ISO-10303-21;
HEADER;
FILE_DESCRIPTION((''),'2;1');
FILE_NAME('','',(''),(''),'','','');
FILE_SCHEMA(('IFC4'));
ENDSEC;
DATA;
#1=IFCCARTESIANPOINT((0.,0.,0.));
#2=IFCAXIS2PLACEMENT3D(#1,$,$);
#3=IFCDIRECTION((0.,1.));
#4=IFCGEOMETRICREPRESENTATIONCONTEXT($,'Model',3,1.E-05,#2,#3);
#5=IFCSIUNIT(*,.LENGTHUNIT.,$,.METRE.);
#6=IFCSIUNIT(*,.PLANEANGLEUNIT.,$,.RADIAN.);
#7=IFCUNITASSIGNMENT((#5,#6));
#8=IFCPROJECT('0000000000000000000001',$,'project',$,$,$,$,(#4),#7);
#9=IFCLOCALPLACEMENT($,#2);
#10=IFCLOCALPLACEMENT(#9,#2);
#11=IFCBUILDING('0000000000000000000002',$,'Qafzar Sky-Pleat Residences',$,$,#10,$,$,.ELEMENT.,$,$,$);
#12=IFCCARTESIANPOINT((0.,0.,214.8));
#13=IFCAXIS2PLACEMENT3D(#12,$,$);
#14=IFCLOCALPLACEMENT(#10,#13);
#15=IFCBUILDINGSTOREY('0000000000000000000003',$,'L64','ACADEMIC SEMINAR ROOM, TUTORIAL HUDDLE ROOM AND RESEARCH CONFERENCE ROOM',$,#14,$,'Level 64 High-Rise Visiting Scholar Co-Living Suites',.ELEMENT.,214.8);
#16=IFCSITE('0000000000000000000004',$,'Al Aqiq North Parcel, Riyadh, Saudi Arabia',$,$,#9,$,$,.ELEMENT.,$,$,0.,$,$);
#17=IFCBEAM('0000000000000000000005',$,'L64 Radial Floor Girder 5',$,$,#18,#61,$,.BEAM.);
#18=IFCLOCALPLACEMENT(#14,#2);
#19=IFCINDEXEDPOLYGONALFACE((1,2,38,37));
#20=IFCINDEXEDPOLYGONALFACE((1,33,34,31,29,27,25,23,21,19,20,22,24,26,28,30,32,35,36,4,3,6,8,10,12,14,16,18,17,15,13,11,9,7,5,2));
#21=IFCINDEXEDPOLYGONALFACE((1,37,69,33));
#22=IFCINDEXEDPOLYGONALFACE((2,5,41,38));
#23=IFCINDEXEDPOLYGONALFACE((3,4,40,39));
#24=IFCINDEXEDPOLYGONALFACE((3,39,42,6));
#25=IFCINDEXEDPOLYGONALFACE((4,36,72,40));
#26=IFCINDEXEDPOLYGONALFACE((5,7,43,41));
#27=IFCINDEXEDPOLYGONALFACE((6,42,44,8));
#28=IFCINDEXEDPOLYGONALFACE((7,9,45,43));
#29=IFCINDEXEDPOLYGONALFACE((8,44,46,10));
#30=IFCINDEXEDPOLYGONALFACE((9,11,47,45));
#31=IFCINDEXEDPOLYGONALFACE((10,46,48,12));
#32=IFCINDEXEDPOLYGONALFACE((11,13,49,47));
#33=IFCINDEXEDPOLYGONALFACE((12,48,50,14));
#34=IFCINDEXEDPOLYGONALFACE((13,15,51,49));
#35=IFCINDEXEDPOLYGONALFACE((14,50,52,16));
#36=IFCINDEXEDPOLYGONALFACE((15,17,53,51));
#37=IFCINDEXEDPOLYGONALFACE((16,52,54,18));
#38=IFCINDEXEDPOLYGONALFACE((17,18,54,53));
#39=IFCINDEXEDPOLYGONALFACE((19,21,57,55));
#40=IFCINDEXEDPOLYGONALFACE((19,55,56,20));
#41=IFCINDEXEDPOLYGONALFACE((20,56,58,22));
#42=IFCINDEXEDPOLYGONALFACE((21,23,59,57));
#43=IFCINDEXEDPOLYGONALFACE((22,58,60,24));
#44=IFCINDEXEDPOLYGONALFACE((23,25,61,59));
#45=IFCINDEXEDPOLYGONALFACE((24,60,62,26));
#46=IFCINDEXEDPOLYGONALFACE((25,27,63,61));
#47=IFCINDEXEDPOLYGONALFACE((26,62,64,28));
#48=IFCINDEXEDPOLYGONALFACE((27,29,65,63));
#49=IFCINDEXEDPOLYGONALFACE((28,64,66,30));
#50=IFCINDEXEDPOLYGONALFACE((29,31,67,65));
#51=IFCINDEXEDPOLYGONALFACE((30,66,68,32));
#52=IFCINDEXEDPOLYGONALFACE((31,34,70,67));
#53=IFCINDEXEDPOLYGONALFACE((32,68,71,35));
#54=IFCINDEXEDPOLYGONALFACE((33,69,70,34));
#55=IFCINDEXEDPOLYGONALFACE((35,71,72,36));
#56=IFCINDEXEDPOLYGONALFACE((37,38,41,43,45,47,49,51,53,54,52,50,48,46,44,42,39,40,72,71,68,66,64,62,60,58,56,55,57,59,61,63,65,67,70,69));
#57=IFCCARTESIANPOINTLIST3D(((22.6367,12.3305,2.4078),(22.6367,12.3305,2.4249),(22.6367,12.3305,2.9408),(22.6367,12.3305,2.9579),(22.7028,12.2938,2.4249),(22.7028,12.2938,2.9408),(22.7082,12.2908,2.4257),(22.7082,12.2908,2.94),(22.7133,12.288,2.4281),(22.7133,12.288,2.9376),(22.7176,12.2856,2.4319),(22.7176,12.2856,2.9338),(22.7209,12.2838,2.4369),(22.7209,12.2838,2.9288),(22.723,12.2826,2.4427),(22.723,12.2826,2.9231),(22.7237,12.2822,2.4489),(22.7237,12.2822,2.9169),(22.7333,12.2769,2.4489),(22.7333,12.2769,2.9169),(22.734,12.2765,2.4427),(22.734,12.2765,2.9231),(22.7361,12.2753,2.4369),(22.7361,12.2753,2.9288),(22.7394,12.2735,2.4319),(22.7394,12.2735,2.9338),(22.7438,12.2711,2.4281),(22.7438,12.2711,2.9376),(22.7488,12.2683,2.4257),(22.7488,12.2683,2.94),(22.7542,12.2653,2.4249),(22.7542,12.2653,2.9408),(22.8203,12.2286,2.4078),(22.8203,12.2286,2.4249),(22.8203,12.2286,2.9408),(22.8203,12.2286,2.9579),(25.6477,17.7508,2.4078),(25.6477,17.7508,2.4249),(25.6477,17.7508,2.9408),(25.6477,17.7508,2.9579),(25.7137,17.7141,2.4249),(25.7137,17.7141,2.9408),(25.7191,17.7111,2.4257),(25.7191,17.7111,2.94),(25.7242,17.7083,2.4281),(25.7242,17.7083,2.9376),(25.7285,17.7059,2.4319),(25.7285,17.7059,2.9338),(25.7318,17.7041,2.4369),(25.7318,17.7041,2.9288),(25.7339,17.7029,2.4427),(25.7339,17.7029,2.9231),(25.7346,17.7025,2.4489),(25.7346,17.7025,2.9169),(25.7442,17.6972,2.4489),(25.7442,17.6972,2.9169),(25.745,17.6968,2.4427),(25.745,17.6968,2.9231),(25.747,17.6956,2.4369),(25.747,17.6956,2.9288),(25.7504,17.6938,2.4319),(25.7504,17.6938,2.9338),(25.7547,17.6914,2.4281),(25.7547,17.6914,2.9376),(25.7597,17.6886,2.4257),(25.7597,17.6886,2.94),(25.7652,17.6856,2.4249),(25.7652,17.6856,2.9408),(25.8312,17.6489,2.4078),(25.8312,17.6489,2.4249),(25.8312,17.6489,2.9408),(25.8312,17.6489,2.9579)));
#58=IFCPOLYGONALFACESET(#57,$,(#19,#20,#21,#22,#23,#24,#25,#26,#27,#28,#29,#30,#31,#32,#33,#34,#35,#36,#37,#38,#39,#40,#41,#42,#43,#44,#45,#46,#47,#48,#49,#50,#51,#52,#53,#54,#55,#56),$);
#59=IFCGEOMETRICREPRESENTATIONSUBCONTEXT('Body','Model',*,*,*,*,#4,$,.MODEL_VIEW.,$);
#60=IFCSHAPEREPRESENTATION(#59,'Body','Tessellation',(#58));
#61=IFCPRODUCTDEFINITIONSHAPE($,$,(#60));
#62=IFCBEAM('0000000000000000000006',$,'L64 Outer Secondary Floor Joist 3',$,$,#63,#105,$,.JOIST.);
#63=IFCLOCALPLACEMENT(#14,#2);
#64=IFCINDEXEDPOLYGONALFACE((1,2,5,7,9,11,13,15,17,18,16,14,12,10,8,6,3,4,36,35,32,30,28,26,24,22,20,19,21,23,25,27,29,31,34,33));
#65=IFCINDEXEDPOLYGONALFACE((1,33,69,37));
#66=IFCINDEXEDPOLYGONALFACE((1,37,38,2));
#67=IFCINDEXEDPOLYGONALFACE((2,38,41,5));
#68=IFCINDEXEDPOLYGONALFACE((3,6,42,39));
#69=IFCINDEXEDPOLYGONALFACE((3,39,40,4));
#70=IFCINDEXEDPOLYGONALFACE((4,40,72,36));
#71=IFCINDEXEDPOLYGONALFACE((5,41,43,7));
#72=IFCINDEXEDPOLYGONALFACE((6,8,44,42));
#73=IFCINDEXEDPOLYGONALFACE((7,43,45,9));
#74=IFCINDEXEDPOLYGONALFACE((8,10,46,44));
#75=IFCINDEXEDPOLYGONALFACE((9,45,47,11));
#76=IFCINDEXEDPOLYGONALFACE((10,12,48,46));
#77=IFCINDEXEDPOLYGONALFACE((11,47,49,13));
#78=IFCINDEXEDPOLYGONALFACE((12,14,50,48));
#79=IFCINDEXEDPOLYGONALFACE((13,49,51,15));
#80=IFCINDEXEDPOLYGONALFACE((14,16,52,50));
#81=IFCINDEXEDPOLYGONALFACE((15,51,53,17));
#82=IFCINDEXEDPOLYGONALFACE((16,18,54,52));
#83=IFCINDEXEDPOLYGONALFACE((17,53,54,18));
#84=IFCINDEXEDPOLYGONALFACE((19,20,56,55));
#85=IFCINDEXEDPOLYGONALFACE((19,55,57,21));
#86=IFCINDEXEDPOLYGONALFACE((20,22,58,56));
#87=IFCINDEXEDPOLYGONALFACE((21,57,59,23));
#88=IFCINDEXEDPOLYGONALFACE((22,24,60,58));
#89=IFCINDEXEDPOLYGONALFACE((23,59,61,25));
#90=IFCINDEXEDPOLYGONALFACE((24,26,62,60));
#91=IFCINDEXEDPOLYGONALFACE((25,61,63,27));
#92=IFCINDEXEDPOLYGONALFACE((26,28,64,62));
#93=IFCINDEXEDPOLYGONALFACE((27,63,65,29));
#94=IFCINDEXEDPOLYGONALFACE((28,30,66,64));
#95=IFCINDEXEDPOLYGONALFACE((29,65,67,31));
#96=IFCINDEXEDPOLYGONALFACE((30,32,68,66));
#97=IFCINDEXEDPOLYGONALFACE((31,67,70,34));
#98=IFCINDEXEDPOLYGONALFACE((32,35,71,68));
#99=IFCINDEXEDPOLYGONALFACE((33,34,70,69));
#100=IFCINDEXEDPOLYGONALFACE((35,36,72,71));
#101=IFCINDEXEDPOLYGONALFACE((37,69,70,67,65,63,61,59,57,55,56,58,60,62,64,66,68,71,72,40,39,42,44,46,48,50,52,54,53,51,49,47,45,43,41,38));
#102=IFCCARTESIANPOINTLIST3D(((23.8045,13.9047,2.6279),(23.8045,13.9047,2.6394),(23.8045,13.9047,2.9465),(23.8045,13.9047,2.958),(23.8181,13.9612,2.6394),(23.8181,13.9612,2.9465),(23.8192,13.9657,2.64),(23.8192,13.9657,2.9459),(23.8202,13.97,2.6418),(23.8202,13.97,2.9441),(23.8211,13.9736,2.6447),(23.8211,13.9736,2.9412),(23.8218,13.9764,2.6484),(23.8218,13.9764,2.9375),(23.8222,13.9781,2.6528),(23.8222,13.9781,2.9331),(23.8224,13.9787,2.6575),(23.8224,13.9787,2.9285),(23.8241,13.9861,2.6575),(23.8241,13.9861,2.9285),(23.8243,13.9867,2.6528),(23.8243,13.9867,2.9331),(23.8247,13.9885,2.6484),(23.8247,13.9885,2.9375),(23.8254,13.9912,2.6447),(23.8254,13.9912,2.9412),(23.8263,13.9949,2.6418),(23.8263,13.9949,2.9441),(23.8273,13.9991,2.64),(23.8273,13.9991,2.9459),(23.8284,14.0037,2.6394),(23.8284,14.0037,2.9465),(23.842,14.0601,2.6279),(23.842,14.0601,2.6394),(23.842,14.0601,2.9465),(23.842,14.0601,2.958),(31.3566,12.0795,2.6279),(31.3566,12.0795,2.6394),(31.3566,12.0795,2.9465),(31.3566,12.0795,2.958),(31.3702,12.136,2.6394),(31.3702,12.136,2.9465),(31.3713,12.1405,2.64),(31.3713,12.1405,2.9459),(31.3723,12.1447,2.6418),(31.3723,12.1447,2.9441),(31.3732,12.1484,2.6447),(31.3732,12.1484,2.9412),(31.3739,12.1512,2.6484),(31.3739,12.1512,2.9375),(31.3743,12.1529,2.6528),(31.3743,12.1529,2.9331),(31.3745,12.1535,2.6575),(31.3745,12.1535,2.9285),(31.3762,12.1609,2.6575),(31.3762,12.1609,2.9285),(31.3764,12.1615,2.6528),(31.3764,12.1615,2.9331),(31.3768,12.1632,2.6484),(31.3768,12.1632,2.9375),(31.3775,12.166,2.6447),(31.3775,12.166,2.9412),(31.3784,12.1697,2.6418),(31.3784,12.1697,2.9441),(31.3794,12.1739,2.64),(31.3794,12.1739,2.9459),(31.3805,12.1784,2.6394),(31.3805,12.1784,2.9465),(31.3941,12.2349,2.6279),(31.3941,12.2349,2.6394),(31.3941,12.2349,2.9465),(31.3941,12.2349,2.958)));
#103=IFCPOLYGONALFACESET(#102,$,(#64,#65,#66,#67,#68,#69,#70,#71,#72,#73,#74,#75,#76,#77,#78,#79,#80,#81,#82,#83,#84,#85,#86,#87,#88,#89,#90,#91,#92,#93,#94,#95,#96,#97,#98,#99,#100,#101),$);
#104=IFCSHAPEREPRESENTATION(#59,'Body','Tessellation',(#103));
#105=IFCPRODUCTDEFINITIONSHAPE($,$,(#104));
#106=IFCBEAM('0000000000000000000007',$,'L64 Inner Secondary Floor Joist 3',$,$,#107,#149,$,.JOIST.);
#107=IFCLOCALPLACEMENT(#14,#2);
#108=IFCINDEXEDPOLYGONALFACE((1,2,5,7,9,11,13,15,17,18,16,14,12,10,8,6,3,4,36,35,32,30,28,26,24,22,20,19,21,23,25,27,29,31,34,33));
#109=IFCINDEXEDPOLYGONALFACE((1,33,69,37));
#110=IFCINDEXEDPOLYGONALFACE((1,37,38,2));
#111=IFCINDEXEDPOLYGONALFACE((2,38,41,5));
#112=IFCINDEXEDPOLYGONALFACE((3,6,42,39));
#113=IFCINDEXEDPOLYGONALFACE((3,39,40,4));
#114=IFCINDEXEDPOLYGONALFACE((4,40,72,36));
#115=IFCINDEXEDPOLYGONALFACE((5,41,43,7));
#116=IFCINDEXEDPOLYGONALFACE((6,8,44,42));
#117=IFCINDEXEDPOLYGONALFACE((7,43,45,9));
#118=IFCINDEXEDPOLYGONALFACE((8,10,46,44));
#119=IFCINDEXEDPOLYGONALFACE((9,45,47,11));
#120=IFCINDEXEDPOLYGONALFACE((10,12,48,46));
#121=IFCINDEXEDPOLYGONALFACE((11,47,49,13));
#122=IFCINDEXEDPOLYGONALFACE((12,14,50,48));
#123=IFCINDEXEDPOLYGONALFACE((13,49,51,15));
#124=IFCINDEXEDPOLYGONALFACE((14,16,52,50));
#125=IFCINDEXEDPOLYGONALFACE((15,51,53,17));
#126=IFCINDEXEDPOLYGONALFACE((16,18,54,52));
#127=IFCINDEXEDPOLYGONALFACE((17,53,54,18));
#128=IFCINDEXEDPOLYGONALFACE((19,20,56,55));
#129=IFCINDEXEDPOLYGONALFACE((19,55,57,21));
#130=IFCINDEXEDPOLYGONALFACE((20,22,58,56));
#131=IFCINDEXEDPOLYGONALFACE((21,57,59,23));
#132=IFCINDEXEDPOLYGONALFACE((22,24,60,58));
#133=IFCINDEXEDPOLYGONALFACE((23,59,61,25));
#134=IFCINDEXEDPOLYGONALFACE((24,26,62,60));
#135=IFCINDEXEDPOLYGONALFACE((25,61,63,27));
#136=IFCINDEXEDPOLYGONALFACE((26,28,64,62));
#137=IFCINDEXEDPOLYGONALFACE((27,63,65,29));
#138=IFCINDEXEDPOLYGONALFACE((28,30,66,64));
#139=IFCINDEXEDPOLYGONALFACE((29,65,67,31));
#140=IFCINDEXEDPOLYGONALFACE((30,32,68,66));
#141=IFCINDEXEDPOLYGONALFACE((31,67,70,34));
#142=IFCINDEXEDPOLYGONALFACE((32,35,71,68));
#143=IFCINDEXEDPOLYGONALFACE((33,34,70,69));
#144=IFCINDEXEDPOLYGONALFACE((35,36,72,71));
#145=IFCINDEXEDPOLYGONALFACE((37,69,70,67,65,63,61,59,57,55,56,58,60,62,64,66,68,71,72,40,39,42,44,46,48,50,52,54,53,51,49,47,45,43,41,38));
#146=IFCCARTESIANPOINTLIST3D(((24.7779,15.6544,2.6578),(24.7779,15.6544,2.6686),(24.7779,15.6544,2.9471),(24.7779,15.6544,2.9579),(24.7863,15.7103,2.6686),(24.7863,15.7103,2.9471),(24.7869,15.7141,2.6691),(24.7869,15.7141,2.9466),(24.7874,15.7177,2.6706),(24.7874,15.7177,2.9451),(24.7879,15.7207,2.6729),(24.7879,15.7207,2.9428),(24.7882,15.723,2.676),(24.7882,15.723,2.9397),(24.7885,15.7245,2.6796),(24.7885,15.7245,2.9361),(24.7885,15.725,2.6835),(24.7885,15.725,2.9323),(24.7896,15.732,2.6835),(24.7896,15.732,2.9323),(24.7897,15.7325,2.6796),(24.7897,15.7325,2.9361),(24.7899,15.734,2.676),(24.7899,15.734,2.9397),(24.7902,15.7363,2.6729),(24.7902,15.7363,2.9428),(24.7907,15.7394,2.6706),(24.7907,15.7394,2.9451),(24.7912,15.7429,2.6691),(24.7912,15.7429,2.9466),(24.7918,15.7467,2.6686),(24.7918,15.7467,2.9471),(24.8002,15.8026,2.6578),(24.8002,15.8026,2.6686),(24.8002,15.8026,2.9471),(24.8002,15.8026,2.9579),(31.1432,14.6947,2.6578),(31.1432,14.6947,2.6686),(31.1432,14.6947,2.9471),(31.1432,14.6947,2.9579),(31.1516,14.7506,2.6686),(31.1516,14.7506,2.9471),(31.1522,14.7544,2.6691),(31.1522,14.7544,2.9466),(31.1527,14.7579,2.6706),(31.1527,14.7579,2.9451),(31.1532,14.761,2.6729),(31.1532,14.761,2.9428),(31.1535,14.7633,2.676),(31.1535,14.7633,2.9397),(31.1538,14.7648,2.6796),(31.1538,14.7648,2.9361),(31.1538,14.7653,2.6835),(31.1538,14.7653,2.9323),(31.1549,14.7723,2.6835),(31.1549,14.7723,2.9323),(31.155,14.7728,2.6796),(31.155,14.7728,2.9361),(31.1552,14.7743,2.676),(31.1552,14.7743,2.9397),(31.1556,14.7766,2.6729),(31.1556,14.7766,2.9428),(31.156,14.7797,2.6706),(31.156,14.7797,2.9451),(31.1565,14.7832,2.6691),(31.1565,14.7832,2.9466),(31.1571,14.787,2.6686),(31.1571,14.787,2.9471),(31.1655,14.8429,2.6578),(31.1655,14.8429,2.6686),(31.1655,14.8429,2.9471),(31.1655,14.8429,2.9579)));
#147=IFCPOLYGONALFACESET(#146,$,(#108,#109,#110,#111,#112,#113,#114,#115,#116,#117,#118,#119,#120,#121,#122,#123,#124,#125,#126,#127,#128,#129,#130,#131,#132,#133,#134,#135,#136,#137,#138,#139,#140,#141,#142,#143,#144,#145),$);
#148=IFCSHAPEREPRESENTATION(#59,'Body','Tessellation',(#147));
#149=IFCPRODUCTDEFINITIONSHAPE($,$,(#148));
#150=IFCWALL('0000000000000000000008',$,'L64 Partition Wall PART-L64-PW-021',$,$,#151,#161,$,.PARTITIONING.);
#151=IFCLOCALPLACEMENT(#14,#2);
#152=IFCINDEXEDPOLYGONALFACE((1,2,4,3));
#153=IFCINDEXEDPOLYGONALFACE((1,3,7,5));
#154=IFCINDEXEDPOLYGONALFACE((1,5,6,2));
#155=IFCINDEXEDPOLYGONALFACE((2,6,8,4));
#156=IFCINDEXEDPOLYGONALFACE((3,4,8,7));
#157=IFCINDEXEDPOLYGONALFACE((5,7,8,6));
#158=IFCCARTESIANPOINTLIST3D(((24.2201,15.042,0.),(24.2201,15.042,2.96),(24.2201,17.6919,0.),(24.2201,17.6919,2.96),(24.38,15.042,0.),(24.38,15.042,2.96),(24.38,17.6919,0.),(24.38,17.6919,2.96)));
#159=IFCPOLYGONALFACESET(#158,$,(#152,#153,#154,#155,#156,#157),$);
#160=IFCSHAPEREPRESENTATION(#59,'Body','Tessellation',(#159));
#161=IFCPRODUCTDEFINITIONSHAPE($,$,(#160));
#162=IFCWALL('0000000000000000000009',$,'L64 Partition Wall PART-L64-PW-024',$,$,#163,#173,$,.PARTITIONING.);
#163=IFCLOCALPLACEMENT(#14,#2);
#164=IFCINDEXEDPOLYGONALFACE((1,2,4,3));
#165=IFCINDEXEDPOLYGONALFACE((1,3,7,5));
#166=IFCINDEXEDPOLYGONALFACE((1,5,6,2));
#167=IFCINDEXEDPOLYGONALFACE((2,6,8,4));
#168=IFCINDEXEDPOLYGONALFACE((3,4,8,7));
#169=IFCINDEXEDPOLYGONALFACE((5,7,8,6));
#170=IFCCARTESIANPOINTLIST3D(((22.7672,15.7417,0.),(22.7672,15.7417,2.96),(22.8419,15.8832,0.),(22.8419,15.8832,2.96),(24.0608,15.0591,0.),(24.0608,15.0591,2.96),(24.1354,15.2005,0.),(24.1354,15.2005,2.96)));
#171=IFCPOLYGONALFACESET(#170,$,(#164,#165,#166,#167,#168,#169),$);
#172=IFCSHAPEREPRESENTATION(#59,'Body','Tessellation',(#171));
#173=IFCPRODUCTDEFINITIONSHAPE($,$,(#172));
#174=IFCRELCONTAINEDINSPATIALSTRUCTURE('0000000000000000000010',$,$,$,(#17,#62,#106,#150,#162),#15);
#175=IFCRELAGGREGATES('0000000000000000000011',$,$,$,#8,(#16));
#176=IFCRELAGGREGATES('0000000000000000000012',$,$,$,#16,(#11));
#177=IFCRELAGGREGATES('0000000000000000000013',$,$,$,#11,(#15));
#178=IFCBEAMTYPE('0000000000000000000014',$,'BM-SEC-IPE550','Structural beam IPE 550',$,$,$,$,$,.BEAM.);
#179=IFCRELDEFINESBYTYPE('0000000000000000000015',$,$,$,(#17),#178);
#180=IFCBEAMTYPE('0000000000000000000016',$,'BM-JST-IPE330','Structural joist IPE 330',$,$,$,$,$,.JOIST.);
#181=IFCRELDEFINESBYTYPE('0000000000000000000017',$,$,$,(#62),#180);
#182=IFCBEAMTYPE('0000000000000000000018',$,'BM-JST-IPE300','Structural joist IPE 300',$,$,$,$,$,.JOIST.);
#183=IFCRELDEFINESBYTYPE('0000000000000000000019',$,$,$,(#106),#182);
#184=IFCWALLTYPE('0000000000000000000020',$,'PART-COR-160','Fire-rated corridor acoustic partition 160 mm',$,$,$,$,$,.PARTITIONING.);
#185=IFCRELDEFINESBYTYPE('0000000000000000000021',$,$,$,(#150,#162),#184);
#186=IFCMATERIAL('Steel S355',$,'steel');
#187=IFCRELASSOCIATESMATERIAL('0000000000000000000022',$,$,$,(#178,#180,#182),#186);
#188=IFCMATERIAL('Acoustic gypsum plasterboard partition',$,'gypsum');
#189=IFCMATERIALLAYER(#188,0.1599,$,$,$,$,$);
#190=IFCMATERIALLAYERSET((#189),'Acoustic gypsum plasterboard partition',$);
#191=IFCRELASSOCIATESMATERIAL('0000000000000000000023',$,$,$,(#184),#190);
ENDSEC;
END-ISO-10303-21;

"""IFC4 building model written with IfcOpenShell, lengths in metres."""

from ifc_helpers import new_model, si_unit, direction, frame, frame_2d, origin, origin_2d, place, context, subcontext, project, spatial, rectangle, i_section, extrude, source, transform, mapped, material, layer, layer_set, material_profile, profile_set, type_object, element, save


model = new_model("IFC4")

# Units and contexts
model_context = context("Model", 3, precision=1e-05, world=origin(), true_north=direction((0.0, 1.0)))
body_context = subcontext(model_context, "Body", "Model", "MODEL_VIEW")
ifc_project = project(units=[si_unit("LENGTHUNIT", "METRE"), si_unit("PLANEANGLEUNIT", "RADIAN")], contexts=[model_context])

# Site, building, storey
site_placement = place(None, origin())
site = spatial("IfcSite", under=ifc_project, at=site_placement, Name="Al Aqiq North Parcel, Riyadh, Saudi Arabia", CompositionType="ELEMENT", RefElevation=0.0)
building_placement = place(site_placement, origin())
building = spatial("IfcBuilding", under=site, at=building_placement, Name="Qafzar Sky-Pleat Residences", CompositionType="ELEMENT")
storey_placement = place(building_placement, frame((0.0, 0.0, 214.8)))
storey = spatial("IfcBuildingStorey", under=building, at=storey_placement, Name="L64", Description="ACADEMIC SEMINAR ROOM, TUTORIAL HUDDLE ROOM AND RESEARCH CONFERENCE ROOM", LongName="Level 64 High-Rise Visiting Scholar Co-Living Suites", CompositionType="ELEMENT", Elevation=214.8)

# Shared definitions
ifc_material_1 = material(Name="Steel S355", Category="steel")

# Beams
ifc_material_profile_1 = material_profile(ifc_material_1, i_section(OverallWidth=0.21, OverallDepth=0.55, WebThickness=0.011, FlangeThickness=0.0171, FilletRadius=0.0239, at=origin_2d()), Name="IPE 550")
ifc_profile_set_1 = profile_set([ifc_material_profile_1], Name="Steel S355")
beam_type_1 = type_object("IfcBeamType", Name="BM-SEC-IPE550", Description="Structural beam IPE 550", PredefinedType="BEAM", material=ifc_profile_set_1)
shared_shape_1 = source(origin(), body_context, "Body", "SweptSolid", [
    extrude(i_section(OverallWidth=0.21, OverallDepth=0.55, WebThickness=0.011, FlangeThickness=0.0171, FilletRadius=0.0239, at=origin_2d()), origin(), (0.0, 0.0, 1.0), 6.2004),
])
beam_1_placement = place(storey_placement, frame((22.7285, 12.2795, 2.6829), z_axis=(0.485599, 0.874181, 0.0), x_axis=(-0.874181, 0.485599, 0.0)))
element("IfcBeam", 1, at=beam_1_placement, inside=storey, type_object=beam_type_1, Name="L64 Radial Floor Girder 5", PredefinedType="BEAM", context=body_context, shape_type="MappedRepresentation", body=[
    mapped(shared_shape_1, transform((0.0, 0.0, 0.0), x_axis=(1.0, 0.0, 0.0), y_axis=(0.0, 1.0, 0.0), z_axis=(0.0, 0.0, 1.0), scale=1.0)),
])
ifc_material_profile_2 = material_profile(ifc_material_1, i_section(OverallWidth=0.1599, OverallDepth=0.3301, WebThickness=0.0076, FlangeThickness=0.0115, FilletRadius=0.0181, at=origin_2d()), Name="IPE 330")
ifc_profile_set_2 = profile_set([ifc_material_profile_2], Name="Steel S355")
beam_type_2 = type_object("IfcBeamType", Name="BM-JST-IPE330", Description="Structural joist IPE 330", PredefinedType="JOIST", material=ifc_profile_set_2)
shared_shape_2 = source(origin(), body_context, "Body", "SweptSolid", [
    extrude(i_section(OverallWidth=0.1599, OverallDepth=0.3301, WebThickness=0.0076, FlangeThickness=0.0115, FilletRadius=0.0181, at=origin_2d()), origin(), (0.0, 0.0, 1.0), 7.7695),
])
beam_2_placement = place(storey_placement, frame((23.8232, 13.9824, 2.793), z_axis=(0.972015, -0.23492, 0.0), x_axis=(0.23492, 0.972015, 0.0)))
element("IfcBeam", 2, at=beam_2_placement, inside=storey, type_object=beam_type_2, Name="L64 Outer Secondary Floor Joist 3", PredefinedType="JOIST", context=body_context, shape_type="MappedRepresentation", body=[
    mapped(shared_shape_2, transform((0.0, 0.0, 0.0), x_axis=(1.0, 0.0, 0.0), y_axis=(0.0, 1.0, 0.0), z_axis=(0.0, 0.0, 1.0), scale=1.0)),
])
ifc_material_profile_3 = material_profile(ifc_material_1, i_section(OverallWidth=0.1499, OverallDepth=0.3, WebThickness=0.0071, FlangeThickness=0.0107, FilletRadius=0.0149, at=origin_2d()), Name="IPE 300")
ifc_profile_set_3 = profile_set([ifc_material_profile_3], Name="Steel S355")
beam_type_3 = type_object("IfcBeamType", Name="BM-JST-IPE300", Description="Structural joist IPE 300", PredefinedType="JOIST", material=ifc_profile_set_3)
shared_shape_3 = source(origin(), body_context, "Body", "SweptSolid", [
    extrude(i_section(OverallWidth=0.1499, OverallDepth=0.3, WebThickness=0.0071, FlangeThickness=0.0107, FilletRadius=0.0149, at=origin_2d()), origin(), (0.0, 0.0, 1.0), 6.4373),
])
beam_3_placement = place(storey_placement, frame((24.7891, 15.7285, 2.8079), z_axis=(0.988824, -0.14909, 0.0), x_axis=(0.14909, 0.988824, 0.0)))
element("IfcBeam", 3, at=beam_3_placement, inside=storey, type_object=beam_type_3, Name="L64 Inner Secondary Floor Joist 3", PredefinedType="JOIST", context=body_context, shape_type="MappedRepresentation", body=[
    mapped(shared_shape_3, transform((0.0, 0.0, 0.0), x_axis=(1.0, 0.0, 0.0), y_axis=(0.0, 1.0, 0.0), z_axis=(0.0, 0.0, 1.0), scale=1.0)),
])

# Walls
ifc_material_2 = material(Name="Acoustic gypsum plasterboard partition", Category="gypsum")
ifc_layer_1 = layer(ifc_material_2, 0.1599)
ifc_layer_set_1 = layer_set([ifc_layer_1], Name="Acoustic gypsum plasterboard partition")
wall_type_1 = type_object("IfcWallType", Name="PART-COR-160", Description="Fire-rated corridor acoustic partition 160 mm", PredefinedType="PARTITIONING", material=ifc_layer_set_1)
wall_1_placement = place(storey_placement, frame((24.3, 15.042, 0.0), z_axis=(0.0, 0.0, 1.0), x_axis=(0.0, 1.0, 0.0)))
element("IfcWall", 4, at=wall_1_placement, inside=storey, type_object=wall_type_1, Name="L64 Partition Wall PART-L64-PW-021", PredefinedType="PARTITIONING", context=body_context, shape_type="SweptSolid", body=[
    extrude(rectangle(XDim=2.6499, YDim=0.1599, at=frame_2d((1.325, 0.0))), origin(), (0.0, 0.0, 1.0), 2.96),
])
wall_2_placement = place(storey_placement, frame((22.8044, 15.8125, 0.0), z_axis=(0.0, 0.0, 1.0), x_axis=(0.884396, -0.466737, 0.0)))
element("IfcWall", 5, at=wall_2_placement, inside=storey, type_object=wall_type_1, Name="L64 Partition Wall PART-L64-PW-024", PredefinedType="PARTITIONING", context=body_context, shape_type="SweptSolid", body=[
    extrude(rectangle(XDim=1.4626, YDim=0.1599, at=frame_2d((0.7314, 0.0))), origin(), (0.0, 0.0, 1.0), 2.96),
])

save(model, "model.ifc")
